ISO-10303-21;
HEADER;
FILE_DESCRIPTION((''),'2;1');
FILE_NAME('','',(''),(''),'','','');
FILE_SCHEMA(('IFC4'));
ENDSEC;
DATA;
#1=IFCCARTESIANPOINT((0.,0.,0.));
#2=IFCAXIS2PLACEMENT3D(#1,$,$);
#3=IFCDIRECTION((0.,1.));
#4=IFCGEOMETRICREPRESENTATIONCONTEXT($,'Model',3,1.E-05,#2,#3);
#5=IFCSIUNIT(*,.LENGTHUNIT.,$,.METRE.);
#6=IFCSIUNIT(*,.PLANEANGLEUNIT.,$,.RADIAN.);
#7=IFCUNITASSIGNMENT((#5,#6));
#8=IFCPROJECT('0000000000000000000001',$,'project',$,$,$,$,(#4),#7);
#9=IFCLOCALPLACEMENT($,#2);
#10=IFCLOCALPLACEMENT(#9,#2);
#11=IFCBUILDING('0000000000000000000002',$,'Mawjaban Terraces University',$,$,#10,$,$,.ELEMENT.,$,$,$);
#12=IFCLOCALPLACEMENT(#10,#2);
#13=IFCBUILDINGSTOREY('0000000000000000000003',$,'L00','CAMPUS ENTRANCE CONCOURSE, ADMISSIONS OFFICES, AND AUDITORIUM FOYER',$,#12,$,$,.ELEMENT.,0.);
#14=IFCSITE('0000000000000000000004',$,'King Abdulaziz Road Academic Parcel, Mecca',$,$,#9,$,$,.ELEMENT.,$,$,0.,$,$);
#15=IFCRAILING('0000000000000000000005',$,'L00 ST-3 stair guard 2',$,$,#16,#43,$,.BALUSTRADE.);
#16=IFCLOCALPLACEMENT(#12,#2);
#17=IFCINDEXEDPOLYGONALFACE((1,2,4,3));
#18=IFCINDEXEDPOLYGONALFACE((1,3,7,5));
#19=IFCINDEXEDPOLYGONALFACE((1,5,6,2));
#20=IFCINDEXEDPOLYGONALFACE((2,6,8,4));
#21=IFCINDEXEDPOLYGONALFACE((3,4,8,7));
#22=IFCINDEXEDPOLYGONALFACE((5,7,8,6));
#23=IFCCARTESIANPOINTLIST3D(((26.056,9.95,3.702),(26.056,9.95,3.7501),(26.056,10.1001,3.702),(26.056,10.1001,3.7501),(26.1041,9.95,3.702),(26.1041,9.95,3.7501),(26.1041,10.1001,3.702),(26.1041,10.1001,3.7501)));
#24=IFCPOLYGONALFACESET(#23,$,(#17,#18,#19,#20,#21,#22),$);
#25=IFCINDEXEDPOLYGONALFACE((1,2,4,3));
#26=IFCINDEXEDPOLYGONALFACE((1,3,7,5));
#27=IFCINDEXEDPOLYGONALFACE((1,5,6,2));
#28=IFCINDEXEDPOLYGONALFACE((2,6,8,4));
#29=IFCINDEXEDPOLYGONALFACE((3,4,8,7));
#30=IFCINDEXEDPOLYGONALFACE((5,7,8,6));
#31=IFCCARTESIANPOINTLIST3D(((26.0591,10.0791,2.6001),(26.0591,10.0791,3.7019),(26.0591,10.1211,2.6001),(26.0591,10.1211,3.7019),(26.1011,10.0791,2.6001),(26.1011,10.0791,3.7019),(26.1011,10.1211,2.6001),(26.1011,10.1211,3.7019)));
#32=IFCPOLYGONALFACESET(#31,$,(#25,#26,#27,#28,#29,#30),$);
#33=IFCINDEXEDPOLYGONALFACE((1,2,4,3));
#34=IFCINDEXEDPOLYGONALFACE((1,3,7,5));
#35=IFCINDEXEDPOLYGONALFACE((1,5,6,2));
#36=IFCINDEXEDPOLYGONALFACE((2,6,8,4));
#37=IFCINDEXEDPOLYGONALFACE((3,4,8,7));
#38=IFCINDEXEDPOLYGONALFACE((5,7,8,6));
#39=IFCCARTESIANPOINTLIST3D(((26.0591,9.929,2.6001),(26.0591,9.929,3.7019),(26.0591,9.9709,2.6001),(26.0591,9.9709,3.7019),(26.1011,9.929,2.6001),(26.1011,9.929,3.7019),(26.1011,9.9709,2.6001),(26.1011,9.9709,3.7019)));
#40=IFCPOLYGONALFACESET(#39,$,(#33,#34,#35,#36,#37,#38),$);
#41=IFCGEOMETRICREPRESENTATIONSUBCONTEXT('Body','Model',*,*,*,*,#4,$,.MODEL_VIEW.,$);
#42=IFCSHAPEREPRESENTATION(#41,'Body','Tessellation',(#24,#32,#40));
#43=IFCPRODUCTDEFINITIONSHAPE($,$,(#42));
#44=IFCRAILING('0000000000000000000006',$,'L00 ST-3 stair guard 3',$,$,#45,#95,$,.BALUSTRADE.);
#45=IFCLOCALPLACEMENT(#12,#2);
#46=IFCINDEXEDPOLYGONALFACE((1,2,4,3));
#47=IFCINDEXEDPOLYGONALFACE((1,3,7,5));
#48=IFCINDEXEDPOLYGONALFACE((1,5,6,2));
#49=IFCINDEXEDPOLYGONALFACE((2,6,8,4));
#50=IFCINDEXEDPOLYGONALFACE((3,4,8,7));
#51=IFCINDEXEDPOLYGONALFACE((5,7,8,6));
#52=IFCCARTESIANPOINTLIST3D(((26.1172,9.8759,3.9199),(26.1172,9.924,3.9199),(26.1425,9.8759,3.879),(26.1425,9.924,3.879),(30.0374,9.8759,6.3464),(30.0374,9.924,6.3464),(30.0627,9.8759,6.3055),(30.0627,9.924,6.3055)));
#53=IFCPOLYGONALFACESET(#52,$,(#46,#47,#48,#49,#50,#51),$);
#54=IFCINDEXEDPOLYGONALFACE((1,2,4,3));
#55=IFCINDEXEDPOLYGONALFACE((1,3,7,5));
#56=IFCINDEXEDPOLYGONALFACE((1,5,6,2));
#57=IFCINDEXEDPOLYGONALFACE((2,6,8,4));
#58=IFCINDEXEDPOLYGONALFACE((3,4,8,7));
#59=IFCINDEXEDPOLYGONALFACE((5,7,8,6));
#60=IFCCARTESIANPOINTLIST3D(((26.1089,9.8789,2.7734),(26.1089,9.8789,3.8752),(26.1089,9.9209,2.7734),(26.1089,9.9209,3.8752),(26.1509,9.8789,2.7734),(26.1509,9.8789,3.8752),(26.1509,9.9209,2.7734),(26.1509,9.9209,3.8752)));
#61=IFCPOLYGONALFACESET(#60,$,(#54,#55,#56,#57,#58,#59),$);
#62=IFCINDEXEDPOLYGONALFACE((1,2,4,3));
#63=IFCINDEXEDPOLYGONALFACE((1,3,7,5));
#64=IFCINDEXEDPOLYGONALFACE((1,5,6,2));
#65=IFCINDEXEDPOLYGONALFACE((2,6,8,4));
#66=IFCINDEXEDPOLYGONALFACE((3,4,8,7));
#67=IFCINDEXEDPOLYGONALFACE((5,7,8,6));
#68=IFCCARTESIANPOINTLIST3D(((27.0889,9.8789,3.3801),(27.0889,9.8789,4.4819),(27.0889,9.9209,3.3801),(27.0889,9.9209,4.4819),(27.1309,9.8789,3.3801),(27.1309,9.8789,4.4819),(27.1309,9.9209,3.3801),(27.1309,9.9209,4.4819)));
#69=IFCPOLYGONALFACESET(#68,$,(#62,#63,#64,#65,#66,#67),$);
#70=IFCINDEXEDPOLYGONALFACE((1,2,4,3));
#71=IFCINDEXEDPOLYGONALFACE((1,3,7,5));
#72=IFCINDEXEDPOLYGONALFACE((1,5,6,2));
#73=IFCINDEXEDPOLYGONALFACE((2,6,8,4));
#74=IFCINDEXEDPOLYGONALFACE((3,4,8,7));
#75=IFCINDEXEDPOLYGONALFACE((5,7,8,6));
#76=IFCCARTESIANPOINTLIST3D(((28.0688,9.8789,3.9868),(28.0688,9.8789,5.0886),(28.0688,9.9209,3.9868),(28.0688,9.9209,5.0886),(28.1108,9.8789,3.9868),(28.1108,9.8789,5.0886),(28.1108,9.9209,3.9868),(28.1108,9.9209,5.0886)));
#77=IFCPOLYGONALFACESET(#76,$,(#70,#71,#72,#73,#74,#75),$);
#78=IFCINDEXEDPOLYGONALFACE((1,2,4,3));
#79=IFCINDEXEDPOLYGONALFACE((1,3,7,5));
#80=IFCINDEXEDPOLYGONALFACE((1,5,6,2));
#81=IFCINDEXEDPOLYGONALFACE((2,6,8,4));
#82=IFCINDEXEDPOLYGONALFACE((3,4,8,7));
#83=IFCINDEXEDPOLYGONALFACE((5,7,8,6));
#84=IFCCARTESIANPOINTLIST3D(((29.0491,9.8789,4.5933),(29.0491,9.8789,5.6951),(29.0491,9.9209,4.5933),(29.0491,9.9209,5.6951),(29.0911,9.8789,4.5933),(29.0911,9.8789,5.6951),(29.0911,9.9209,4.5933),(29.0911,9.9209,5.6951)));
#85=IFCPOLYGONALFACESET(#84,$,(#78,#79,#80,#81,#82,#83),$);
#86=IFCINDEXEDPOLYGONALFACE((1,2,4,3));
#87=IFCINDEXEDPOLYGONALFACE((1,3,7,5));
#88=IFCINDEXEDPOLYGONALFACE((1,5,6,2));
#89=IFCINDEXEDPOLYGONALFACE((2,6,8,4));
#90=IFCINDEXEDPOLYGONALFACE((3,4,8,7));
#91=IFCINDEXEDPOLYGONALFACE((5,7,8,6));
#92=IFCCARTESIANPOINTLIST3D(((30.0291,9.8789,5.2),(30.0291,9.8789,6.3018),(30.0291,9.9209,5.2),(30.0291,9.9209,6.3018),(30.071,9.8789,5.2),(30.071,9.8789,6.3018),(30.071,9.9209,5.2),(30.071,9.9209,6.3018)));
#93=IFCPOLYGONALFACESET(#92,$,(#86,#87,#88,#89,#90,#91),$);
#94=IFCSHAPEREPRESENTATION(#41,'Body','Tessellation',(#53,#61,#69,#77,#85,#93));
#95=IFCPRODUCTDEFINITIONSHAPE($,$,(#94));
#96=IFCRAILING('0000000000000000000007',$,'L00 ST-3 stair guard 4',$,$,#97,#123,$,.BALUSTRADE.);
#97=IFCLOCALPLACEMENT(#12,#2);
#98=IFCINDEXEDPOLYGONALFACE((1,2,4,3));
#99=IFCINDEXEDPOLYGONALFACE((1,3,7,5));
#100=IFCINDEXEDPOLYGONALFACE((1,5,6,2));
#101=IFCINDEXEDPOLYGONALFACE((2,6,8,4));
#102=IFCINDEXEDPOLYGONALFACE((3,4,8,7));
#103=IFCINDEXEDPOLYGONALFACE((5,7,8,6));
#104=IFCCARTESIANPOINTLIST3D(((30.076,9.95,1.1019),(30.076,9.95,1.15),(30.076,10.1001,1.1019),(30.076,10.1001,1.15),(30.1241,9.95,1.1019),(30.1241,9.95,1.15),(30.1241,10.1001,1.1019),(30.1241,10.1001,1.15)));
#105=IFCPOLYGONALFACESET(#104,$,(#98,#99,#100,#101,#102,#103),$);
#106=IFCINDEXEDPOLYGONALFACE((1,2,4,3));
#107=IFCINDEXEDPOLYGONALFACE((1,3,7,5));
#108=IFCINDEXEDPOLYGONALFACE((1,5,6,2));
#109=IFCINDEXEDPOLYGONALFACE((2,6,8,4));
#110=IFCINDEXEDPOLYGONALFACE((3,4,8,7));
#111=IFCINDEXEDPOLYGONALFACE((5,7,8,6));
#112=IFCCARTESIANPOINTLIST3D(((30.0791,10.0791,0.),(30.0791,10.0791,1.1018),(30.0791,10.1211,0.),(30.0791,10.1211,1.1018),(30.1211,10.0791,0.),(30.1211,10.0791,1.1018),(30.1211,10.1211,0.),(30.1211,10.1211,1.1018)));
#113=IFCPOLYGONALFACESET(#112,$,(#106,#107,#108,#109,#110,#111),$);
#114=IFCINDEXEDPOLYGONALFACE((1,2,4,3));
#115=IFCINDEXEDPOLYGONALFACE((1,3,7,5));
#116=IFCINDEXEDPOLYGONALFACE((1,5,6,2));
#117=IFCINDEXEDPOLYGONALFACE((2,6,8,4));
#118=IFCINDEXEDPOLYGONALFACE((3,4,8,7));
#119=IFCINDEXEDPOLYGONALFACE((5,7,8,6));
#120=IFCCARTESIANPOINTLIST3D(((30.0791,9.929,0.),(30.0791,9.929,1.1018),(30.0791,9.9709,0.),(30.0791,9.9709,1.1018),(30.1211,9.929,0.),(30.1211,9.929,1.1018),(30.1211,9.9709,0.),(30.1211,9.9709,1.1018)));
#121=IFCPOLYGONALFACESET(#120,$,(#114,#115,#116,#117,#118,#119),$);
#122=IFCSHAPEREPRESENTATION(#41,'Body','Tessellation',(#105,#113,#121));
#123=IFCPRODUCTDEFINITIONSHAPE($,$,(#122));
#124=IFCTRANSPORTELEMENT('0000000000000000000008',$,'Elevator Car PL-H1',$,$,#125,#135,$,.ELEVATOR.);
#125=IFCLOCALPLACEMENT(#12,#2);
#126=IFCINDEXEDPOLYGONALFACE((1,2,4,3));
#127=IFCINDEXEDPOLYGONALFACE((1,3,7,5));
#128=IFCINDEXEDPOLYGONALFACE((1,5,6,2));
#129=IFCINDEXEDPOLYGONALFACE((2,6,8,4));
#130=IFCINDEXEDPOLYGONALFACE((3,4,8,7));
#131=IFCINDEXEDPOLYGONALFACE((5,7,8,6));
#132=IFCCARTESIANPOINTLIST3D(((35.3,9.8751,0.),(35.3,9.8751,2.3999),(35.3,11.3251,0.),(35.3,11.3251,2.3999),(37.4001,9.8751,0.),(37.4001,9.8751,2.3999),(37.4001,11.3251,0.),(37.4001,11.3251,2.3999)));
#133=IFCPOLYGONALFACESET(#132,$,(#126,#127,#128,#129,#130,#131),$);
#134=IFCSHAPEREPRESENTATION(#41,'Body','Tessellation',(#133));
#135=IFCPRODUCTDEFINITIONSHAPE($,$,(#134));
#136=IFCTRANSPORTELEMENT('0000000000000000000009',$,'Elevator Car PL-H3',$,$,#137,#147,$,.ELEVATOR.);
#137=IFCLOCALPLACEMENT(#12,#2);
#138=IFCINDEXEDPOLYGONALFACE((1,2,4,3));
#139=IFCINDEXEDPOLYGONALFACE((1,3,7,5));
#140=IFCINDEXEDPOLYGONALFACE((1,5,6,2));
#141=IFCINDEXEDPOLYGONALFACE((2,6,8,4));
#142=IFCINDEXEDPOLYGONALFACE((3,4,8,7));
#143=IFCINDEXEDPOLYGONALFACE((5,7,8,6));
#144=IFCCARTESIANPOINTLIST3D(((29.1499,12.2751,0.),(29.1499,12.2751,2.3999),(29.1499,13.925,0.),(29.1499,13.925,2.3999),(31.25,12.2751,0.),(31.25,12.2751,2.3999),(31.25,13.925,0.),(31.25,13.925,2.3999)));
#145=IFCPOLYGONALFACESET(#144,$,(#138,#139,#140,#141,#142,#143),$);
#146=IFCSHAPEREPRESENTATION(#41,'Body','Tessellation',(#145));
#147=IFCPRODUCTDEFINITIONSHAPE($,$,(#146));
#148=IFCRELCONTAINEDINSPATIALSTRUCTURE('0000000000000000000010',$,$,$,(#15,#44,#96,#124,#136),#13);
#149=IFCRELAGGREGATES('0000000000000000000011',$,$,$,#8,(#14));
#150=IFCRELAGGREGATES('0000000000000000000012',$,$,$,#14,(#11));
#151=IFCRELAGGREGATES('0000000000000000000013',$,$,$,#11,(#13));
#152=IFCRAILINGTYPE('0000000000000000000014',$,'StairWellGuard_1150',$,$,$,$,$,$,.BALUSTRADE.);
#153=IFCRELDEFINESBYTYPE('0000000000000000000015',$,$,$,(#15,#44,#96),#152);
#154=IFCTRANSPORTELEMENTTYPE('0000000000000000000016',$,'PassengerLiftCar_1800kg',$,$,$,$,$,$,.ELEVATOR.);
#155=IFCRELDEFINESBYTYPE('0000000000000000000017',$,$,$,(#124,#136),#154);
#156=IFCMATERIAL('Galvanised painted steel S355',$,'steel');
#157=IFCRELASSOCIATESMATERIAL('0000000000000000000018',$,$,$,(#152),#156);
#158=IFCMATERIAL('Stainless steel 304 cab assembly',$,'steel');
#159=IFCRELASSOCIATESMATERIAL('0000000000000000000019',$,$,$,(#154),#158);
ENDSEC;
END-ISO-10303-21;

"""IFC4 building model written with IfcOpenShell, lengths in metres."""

from ifc_helpers import new_model, si_unit, direction, frame, origin, origin_2d, place, context, subcontext, project, spatial, rectangle, extrude, material, type_object, element, save


model = new_model("IFC4")

# Units and contexts
model_context = context("Model", 3, precision=1e-05, world=origin(), true_north=direction((0.0, 1.0)))
body_context = subcontext(model_context, "Body", "Model", "MODEL_VIEW")
ifc_project = project(units=[si_unit("LENGTHUNIT", "METRE"), si_unit("PLANEANGLEUNIT", "RADIAN")], contexts=[model_context])

# Site, building, storey
site_placement = place(None, origin())
site = spatial("IfcSite", under=ifc_project, at=site_placement, Name="King Abdulaziz Road Academic Parcel, Mecca", CompositionType="ELEMENT", RefElevation=0.0)
building_placement = place(site_placement, origin())
building = spatial("IfcBuilding", under=site, at=building_placement, Name="Mawjaban Terraces University", CompositionType="ELEMENT")
storey_placement = place(building_placement, origin())
storey = spatial("IfcBuildingStorey", under=building, at=storey_placement, Name="L00", Description="CAMPUS ENTRANCE CONCOURSE, ADMISSIONS OFFICES, AND AUDITORIUM FOYER", CompositionType="ELEMENT", Elevation=0.0)

# Railings
ifc_material_1 = material(Name="Galvanised painted steel S355", Category="steel")
railing_type_1 = type_object("IfcRailingType", Name="StairWellGuard_1150", PredefinedType="BALUSTRADE", material=ifc_material_1)
railing_1_placement = place(storey_placement, frame((26.0801, 10.1001, 2.6001)))
element("IfcRailing", 1, at=railing_1_placement, inside=storey, type_object=railing_type_1, Name="L00 ST-3 stair guard 2", PredefinedType="BALUSTRADE", context=body_context, shape_type="SweptSolid", body=[
    extrude(rectangle(XDim=0.0481, YDim=0.0481, at=origin_2d()), frame((0.0, 0.0, 1.126), z_axis=(0.0, -1.0, 0.0), x_axis=(1.0, 0.0, 0.0)), (0.0, 0.0, 1.0), 0.1501),
    extrude(rectangle(XDim=0.042, YDim=0.042, at=origin_2d()), origin(), (0.0, 0.0, 1.0), 1.1018),
    extrude(rectangle(XDim=0.042, YDim=0.042, at=origin_2d()), frame((0.0, -0.1501, 0.0)), (0.0, 0.0, 1.0), 1.1018),
])
railing_2_placement = place(storey_placement, frame((26.1299, 9.8999, 2.7734)))
element("IfcRailing", 2, at=railing_2_placement, inside=storey, type_object=railing_type_1, Name="L00 ST-3 stair guard 3", PredefinedType="BALUSTRADE", context=body_context, shape_type="SweptSolid", body=[
    extrude(rectangle(XDim=0.0481, YDim=0.0481, at=origin_2d()), frame((0.0, 0.0, 1.126), z_axis=(0.85029, 0.0, 0.526315), x_axis=(0.0, 1.0, 0.0)), (0.0, 0.0, 1.0), 4.6104),
    extrude(rectangle(XDim=0.042, YDim=0.042, at=origin_2d()), origin(), (0.0, 0.0, 1.0), 1.1018),
    extrude(rectangle(XDim=0.042, YDim=0.042, at=origin_2d()), frame((0.98, 0.0, 0.6067)), (0.0, 0.0, 1.0), 1.1018),
    extrude(rectangle(XDim=0.042, YDim=0.042, at=origin_2d()), frame((1.96, 0.0, 1.2134)), (0.0, 0.0, 1.0), 1.1018),
    extrude(rectangle(XDim=0.042, YDim=0.042, at=origin_2d()), frame((2.9402, 0.0, 1.8198)), (0.0, 0.0, 1.0), 1.1018),
    extrude(rectangle(XDim=0.042, YDim=0.042, at=origin_2d()), frame((3.9202, 0.0, 2.4265)), (0.0, 0.0, 1.0), 1.1018),
])
railing_3_placement = place(storey_placement, frame((30.1001, 10.1001, 0.0)))
element("IfcRailing", 3, at=railing_3_placement, inside=storey, type_object=railing_type_1, Name="L00 ST-3 stair guard 4", PredefinedType="BALUSTRADE", context=body_context, shape_type="SweptSolid", body=[
    extrude(rectangle(XDim=0.0481, YDim=0.0481, at=origin_2d()), frame((0.0, 0.0, 1.126), z_axis=(0.0, -1.0, 0.0), x_axis=(1.0, 0.0, 0.0)), (0.0, 0.0, 1.0), 0.1501),
    extrude(rectangle(XDim=0.042, YDim=0.042, at=origin_2d()), origin(), (0.0, 0.0, 1.0), 1.1018),
    extrude(rectangle(XDim=0.042, YDim=0.042, at=origin_2d()), frame((0.0, -0.1501, 0.0)), (0.0, 0.0, 1.0), 1.1018),
])

# Transport elements
ifc_material_2 = material(Name="Stainless steel 304 cab assembly", Category="steel")
transport_element_type = type_object("IfcTransportElementType", Name="PassengerLiftCar_1800kg", PredefinedType="ELEVATOR", material=ifc_material_2)
transport_element_1_placement = place(storey_placement, frame((36.3501, 10.6001, 0.0), z_axis=(0.0, 0.0, 1.0), x_axis=(1.0, 0.0, 0.0)))
element("IfcTransportElement", 4, at=transport_element_1_placement, inside=storey, type_object=transport_element_type, Name="Elevator Car PL-H1", PredefinedType="ELEVATOR", context=body_context, shape_type="SweptSolid", body=[
    extrude(rectangle(XDim=2.1001, YDim=1.45, at=origin_2d()), origin(), (0.0, 0.0, 1.0), 2.3999),
])
transport_element_2_placement = place(storey_placement, frame((30.2, 13.1001, 0.0), z_axis=(0.0, 0.0, 1.0), x_axis=(1.0, 0.0, 0.0)))
element("IfcTransportElement", 5, at=transport_element_2_placement, inside=storey, type_object=transport_element_type, Name="Elevator Car PL-H3", PredefinedType="ELEVATOR", context=body_context, shape_type="SweptSolid", body=[
    extrude(rectangle(XDim=2.1001, YDim=1.6499, at=origin_2d()), origin(), (0.0, 0.0, 1.0), 2.3999),
])

save(model, "model.ifc")
